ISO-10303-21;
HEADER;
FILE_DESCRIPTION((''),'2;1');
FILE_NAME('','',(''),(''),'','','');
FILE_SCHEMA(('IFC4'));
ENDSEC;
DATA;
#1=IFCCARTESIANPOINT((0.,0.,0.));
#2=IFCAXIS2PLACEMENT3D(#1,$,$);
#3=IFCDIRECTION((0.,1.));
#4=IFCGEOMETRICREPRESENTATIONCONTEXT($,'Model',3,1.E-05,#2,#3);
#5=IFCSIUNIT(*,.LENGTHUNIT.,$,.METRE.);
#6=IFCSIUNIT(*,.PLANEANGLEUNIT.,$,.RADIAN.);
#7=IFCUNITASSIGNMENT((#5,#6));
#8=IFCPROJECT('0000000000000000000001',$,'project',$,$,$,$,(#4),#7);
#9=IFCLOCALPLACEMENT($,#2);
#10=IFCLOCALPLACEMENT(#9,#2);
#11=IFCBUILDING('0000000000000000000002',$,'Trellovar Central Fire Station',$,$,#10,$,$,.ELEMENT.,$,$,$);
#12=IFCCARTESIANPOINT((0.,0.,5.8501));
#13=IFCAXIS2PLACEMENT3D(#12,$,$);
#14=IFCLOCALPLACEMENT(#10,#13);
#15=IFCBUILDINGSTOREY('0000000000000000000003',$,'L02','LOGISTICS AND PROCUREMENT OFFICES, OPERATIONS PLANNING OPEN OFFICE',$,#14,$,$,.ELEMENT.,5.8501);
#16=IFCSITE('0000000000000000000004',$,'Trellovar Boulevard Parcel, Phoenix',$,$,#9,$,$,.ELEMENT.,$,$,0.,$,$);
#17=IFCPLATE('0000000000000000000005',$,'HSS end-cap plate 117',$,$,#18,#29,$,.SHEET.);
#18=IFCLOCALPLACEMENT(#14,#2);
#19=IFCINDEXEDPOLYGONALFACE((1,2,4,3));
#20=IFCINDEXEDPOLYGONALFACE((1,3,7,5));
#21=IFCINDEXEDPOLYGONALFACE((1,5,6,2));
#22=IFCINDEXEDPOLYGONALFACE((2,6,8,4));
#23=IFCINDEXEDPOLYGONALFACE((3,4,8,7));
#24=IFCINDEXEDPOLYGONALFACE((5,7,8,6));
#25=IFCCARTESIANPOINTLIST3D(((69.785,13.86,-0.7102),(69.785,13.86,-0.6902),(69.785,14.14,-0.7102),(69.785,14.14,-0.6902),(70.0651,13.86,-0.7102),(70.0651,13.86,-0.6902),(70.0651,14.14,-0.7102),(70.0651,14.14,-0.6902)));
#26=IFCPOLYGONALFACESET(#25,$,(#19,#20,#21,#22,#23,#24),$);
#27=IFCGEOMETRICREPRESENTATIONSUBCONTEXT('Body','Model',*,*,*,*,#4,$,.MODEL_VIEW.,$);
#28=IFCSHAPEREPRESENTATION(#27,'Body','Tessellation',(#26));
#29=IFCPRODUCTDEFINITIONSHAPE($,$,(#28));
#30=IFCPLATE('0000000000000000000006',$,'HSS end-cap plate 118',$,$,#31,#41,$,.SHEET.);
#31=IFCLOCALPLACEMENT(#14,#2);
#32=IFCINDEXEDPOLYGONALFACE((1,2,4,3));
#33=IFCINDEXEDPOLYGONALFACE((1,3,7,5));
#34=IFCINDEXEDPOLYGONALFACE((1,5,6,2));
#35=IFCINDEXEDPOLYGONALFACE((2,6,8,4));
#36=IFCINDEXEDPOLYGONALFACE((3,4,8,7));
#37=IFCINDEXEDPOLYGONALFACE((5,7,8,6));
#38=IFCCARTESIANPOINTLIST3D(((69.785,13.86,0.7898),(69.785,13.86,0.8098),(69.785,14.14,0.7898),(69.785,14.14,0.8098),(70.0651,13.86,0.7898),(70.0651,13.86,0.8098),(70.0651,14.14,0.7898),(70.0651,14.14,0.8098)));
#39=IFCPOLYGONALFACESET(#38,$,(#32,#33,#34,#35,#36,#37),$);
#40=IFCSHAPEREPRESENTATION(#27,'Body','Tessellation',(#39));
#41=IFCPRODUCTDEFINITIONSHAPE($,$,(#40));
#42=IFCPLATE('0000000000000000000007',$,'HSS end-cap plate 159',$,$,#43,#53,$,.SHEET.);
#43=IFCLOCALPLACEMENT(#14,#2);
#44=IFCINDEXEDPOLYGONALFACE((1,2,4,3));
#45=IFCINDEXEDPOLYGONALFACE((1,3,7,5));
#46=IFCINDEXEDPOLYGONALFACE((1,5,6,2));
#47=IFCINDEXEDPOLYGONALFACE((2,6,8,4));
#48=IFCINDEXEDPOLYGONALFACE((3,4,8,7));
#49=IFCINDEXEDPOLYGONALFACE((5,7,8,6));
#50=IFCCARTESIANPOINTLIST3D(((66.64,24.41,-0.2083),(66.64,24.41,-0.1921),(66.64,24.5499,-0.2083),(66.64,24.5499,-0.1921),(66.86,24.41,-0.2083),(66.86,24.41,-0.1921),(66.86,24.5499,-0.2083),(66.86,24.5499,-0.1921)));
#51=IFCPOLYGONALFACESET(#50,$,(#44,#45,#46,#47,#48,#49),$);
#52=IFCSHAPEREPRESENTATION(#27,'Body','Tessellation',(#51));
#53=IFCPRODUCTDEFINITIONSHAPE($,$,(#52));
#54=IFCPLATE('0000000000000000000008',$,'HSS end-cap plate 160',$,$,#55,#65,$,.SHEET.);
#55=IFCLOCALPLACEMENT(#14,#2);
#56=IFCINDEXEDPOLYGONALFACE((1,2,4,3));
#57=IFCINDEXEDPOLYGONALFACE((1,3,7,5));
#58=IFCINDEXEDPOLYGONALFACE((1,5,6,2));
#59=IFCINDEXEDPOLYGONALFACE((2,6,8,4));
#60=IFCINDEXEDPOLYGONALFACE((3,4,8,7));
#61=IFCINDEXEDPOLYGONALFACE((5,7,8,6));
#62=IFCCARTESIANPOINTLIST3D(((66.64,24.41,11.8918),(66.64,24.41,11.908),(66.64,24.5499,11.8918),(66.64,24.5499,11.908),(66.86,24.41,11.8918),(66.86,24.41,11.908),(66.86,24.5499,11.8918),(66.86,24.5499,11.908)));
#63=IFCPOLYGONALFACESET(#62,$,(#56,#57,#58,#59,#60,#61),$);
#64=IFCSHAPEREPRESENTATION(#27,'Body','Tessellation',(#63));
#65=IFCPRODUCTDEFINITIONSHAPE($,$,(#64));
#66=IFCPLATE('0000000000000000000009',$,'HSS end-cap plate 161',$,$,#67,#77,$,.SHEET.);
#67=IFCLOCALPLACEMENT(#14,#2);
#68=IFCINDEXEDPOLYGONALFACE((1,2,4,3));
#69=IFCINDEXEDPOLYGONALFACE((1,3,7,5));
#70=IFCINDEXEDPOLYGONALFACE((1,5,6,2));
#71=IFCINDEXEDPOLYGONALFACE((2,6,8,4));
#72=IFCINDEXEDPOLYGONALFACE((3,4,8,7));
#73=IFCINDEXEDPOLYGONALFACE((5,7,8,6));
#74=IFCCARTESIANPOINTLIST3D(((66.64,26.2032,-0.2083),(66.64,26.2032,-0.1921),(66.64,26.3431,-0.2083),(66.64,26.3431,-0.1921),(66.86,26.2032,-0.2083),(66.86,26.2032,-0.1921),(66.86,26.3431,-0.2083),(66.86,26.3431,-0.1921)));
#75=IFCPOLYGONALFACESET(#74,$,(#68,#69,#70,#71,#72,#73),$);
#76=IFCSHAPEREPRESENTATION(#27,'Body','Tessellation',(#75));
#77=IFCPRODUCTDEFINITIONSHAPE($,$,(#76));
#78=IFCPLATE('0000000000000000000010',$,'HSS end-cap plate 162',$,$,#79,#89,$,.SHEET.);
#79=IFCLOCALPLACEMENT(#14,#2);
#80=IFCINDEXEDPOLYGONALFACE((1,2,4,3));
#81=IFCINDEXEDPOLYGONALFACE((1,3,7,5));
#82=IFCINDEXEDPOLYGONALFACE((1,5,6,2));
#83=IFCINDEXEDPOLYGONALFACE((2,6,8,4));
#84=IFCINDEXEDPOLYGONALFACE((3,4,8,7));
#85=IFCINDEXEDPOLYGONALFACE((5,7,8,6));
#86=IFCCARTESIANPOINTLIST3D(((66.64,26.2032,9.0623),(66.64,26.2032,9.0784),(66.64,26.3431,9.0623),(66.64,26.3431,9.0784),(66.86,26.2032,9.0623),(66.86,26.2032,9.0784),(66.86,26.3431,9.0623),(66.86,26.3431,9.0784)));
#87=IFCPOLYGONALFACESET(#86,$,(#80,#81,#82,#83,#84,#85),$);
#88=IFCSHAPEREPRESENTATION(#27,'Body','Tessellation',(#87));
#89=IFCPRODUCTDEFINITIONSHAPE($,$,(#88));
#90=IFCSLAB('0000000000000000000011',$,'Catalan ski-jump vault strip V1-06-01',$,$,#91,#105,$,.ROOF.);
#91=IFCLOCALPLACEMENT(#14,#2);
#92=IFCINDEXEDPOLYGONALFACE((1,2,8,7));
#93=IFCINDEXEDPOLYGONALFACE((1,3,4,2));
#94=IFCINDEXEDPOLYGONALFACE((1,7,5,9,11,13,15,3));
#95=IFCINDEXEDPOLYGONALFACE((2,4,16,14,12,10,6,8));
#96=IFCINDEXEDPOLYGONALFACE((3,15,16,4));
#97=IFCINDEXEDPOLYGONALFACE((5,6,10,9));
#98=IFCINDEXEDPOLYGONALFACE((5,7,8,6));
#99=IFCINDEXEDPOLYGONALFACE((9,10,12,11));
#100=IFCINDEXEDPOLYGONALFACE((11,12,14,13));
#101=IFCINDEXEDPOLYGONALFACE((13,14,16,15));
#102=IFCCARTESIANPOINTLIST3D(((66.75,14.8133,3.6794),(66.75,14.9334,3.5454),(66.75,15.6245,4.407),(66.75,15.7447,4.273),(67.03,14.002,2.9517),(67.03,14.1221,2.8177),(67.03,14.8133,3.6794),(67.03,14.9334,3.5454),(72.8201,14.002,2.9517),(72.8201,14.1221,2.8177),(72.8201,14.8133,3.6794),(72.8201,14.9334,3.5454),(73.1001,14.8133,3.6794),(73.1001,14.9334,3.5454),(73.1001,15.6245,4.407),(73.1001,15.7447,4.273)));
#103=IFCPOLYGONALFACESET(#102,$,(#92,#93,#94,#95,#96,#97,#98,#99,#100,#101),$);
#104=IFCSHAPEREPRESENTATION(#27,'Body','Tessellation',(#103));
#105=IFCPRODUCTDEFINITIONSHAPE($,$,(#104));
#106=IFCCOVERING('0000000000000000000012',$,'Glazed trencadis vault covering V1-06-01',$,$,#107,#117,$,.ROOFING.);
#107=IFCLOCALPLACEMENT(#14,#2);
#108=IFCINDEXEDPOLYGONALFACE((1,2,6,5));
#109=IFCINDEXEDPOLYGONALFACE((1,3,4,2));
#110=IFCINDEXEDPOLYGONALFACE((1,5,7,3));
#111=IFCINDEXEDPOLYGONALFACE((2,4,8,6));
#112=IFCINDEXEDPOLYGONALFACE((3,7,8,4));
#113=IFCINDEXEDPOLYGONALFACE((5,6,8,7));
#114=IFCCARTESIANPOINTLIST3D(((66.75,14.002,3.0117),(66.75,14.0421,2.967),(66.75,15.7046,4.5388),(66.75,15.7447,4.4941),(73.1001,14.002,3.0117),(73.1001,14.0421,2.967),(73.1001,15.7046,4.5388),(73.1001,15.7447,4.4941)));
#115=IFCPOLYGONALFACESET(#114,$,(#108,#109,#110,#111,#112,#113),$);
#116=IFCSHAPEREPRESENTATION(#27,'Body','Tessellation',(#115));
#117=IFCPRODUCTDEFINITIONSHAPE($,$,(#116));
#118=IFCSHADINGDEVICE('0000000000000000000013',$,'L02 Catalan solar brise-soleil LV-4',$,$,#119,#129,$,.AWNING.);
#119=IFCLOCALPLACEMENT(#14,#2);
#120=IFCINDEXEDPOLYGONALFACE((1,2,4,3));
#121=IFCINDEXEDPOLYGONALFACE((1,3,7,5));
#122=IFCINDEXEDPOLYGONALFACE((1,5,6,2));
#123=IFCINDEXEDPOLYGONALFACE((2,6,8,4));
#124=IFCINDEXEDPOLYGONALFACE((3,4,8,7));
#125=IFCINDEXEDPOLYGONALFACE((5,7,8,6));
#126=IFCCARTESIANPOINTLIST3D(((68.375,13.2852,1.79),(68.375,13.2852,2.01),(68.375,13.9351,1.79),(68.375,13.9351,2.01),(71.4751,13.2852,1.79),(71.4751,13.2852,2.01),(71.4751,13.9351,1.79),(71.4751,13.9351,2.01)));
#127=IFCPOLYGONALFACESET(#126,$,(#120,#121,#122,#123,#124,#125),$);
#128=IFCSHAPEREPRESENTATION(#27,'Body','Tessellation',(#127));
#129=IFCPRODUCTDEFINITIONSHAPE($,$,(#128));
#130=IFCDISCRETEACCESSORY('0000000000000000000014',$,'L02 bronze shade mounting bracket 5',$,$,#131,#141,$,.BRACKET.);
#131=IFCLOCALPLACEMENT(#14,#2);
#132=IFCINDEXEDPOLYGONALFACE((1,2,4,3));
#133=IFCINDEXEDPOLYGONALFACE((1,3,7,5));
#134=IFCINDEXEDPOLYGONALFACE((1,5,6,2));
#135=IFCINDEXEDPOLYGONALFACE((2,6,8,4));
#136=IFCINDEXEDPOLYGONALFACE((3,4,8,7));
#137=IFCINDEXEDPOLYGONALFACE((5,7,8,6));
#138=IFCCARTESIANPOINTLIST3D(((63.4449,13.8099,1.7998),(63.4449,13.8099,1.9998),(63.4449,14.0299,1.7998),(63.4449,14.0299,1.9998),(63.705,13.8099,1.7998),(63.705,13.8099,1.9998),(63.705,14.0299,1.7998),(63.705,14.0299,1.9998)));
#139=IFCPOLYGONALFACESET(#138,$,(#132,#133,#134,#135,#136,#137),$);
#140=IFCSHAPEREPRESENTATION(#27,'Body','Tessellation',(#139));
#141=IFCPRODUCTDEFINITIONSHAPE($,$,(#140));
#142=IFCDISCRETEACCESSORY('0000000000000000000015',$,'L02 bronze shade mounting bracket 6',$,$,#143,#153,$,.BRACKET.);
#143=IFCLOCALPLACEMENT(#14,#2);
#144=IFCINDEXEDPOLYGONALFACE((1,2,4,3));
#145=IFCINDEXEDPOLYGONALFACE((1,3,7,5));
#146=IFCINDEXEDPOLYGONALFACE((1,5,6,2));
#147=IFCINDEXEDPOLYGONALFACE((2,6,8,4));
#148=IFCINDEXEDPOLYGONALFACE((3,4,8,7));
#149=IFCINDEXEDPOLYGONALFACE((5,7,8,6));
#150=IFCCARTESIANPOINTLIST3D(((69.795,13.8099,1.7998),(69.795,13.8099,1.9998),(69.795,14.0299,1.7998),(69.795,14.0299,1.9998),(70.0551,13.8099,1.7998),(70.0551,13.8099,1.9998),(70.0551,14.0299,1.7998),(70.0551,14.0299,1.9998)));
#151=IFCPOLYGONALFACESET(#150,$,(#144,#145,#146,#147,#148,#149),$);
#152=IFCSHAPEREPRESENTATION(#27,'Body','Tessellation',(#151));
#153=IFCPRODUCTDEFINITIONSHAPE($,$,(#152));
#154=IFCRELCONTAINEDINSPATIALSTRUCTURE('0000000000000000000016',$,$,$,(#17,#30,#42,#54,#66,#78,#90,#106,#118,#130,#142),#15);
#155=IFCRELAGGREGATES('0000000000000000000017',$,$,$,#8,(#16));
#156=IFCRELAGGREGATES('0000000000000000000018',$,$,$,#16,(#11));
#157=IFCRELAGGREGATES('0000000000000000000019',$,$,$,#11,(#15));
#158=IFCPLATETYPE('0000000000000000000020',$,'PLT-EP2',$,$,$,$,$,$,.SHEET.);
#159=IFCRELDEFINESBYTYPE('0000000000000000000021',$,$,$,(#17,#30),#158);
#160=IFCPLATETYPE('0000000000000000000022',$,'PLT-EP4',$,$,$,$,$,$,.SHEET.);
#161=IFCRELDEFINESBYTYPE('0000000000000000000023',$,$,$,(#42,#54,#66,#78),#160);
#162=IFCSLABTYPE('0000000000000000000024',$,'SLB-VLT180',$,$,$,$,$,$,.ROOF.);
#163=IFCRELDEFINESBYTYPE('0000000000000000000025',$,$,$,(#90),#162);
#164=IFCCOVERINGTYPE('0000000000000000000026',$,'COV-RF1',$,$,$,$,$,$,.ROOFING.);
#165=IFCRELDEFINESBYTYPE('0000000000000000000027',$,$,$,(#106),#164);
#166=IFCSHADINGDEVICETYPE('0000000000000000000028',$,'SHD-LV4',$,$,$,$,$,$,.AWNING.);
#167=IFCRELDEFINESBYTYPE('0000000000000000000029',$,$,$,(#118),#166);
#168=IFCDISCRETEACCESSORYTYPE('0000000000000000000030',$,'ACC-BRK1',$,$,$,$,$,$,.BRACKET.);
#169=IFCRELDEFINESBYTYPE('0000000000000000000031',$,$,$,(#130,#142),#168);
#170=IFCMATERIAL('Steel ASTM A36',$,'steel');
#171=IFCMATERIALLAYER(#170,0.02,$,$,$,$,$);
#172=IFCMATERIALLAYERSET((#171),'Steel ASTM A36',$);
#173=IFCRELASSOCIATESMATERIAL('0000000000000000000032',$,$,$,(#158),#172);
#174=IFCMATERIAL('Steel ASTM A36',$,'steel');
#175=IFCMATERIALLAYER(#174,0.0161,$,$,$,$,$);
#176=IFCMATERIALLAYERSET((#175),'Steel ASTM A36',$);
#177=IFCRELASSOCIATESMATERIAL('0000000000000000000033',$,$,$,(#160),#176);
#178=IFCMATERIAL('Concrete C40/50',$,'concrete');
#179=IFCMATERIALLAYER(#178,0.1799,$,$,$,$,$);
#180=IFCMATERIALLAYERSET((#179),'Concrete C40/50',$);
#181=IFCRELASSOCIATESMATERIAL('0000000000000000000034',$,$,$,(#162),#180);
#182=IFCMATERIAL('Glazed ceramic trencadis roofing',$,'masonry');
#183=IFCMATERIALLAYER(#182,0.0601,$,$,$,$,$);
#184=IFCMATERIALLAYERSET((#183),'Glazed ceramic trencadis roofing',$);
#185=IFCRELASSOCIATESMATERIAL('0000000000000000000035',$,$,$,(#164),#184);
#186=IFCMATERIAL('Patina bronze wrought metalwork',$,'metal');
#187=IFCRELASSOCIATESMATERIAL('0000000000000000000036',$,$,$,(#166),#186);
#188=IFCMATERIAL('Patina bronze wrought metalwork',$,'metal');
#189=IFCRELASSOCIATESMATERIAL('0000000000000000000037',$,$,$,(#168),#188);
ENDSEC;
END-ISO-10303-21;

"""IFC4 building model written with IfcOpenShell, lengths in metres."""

from ifc_helpers import new_model, si_unit, direction, frame, origin, origin_2d, place, context, subcontext, project, spatial, polyline, rectangle, outline, extrude, material, layer, layer_set, type_object, element, save


model = new_model("IFC4")

# Units and contexts
model_context = context("Model", 3, precision=1e-05, world=origin(), true_north=direction((0.0, 1.0)))
body_context = subcontext(model_context, "Body", "Model", "MODEL_VIEW")
ifc_project = project(units=[si_unit("LENGTHUNIT", "METRE"), si_unit("PLANEANGLEUNIT", "RADIAN")], contexts=[model_context])

# Site, building, storey
site_placement = place(None, origin())
site = spatial("IfcSite", under=ifc_project, at=site_placement, Name="Trellovar Boulevard Parcel, Phoenix", CompositionType="ELEMENT", RefElevation=0.0)
building_placement = place(site_placement, origin())
building = spatial("IfcBuilding", under=site, at=building_placement, Name="Trellovar Central Fire Station", CompositionType="ELEMENT")
storey_placement = place(building_placement, frame((0.0, 0.0, 5.8501)))
storey = spatial("IfcBuildingStorey", under=building, at=storey_placement, Name="L02", Description="LOGISTICS AND PROCUREMENT OFFICES, OPERATIONS PLANNING OPEN OFFICE", CompositionType="ELEMENT", Elevation=5.8501)

# Plates
ifc_material_1 = material(Name="Steel ASTM A36", Category="steel")
ifc_layer_1 = layer(ifc_material_1, 0.02)
ifc_layer_set_1 = layer_set([ifc_layer_1], Name="Steel ASTM A36")
plate_type_1 = type_object("IfcPlateType", Name="PLT-EP2", PredefinedType="SHEET", material=ifc_layer_set_1)
for number, where, z_axis, x_axis, name in (
    (1, (69.925, 14.0, -0.7102), (0.0, 0.0, 1.0), (1.0, 0.0, 0.0), "HSS end-cap plate 117"),
    (2, (69.925, 14.0, 0.7898), (0.0, 0.0, 1.0), (1.0, 0.0, 0.0), "HSS end-cap plate 118"),
):
    element("IfcPlate", number, at=place(storey_placement, frame(where, z_axis=z_axis, x_axis=x_axis)), inside=storey, type_object=plate_type_1, Name=name, PredefinedType="SHEET", context=body_context, shape_type="SweptSolid", body=[
        extrude(rectangle(XDim=0.28, YDim=0.28, at=origin_2d()), origin(), (0.0, 0.0, 1.0), 0.02),
    ])
ifc_material_2 = material(Name="Steel ASTM A36", Category="steel")
ifc_layer_2 = layer(ifc_material_2, 0.0161)
ifc_layer_set_2 = layer_set([ifc_layer_2], Name="Steel ASTM A36")
plate_type_2 = type_object("IfcPlateType", Name="PLT-EP4", PredefinedType="SHEET", material=ifc_layer_set_2)
for number, where, z_axis, x_axis, name in (
    (3, (66.75, 24.48, -0.2083), (0.0, 0.0, 1.0), (1.0, 0.0, 0.0), "HSS end-cap plate 159"),
    (4, (66.75, 24.48, 11.8918), (0.0, 0.0, 1.0), (1.0, 0.0, 0.0), "HSS end-cap plate 160"),
    (5, (66.75, 26.2732, -0.2083), (0.0, 0.0, 1.0), (1.0, 0.0, 0.0), "HSS end-cap plate 161"),
    (6, (66.75, 26.2732, 9.0623), (0.0, 0.0, 1.0), (1.0, 0.0, 0.0), "HSS end-cap plate 162"),
):
    element("IfcPlate", number, at=place(storey_placement, frame(where, z_axis=z_axis, x_axis=x_axis)), inside=storey, type_object=plate_type_2, Name=name, PredefinedType="SHEET", context=body_context, shape_type="SweptSolid", body=[
        extrude(rectangle(XDim=0.22, YDim=0.1399, at=origin_2d()), origin(), (0.0, 0.0, 1.0), 0.0161),
    ])

# Slab
ifc_material_3 = material(Name="Concrete C40/50", Category="concrete")
ifc_layer_3 = layer(ifc_material_3, 0.1799)
ifc_layer_set_3 = layer_set([ifc_layer_3], Name="Concrete C40/50")
slab_type = type_object("IfcSlabType", Name="SLB-VLT180", PredefinedType="ROOF", material=ifc_layer_set_3)
slab_placement = place(storey_placement, frame((67.03, 14.002, 2.9517), z_axis=(0.0, -0.667698, 0.744432), x_axis=(1.0, 0.0, 0.0)))
element("IfcSlab", 7, at=slab_placement, inside=storey, type_object=slab_type, Name="Catalan ski-jump vault strip V1-06-01", PredefinedType="ROOF", context=body_context, shape_type="SweptSolid", body=[
    extrude(outline(polyline([(0.0, 0.0), (5.79, 0.0), (5.79, 1.0899), (6.0701, 1.0899), (6.0701, 2.1796), (-0.28, 2.1796), (-0.28, 1.0899), (0.0, 1.0899), (0.0, 0.0)])), origin(), (0.0, 0.0, -1.0), 0.1799),
])

# Covering
ifc_material_4 = material(Name="Glazed ceramic trencadis roofing", Category="masonry")
ifc_layer_4 = layer(ifc_material_4, 0.0601)
ifc_layer_set_4 = layer_set([ifc_layer_4], Name="Glazed ceramic trencadis roofing")
covering_type = type_object("IfcCoveringType", Name="COV-RF1", PredefinedType="ROOFING", material=ifc_layer_set_4)
covering_placement = place(storey_placement, frame((66.75, 14.002, 3.0117), z_axis=(0.0, -0.66769, 0.74444), x_axis=(1.0, 0.0, 0.0)))
element("IfcCovering", 8, at=covering_placement, inside=storey, type_object=covering_type, Name="Glazed trencadis vault covering V1-06-01", PredefinedType="ROOFING", context=body_context, shape_type="SweptSolid", body=[
    extrude(outline(polyline([(0.0, 0.0), (6.3501, 0.0), (6.3501, 2.2871), (0.0, 2.2871), (0.0, 0.0)])), origin(), (0.0, 0.0, -1.0), 0.0601),
])

# Shading device
ifc_material_5 = material(Name="Patina bronze wrought metalwork", Category="metal")
shading_device_type = type_object("IfcShadingDeviceType", Name="SHD-LV4", PredefinedType="AWNING", material=ifc_material_5)
shading_device_placement = place(storey_placement, frame((69.925, 13.6101, 1.79), z_axis=(0.0, 0.0, 1.0), x_axis=(1.0, 0.0, 0.0)))
element("IfcShadingDevice", 9, at=shading_device_placement, inside=storey, type_object=shading_device_type, Name="L02 Catalan solar brise-soleil LV-4", PredefinedType="AWNING", context=body_context, shape_type="SweptSolid", body=[
    extrude(rectangle(XDim=3.1001, YDim=0.6499, at=origin_2d()), origin(), (0.0, 0.0, 1.0), 0.22),
])

# Discrete accessories
ifc_material_6 = material(Name="Patina bronze wrought metalwork", Category="metal")
discrete_accessory_type = type_object("IfcDiscreteAccessoryType", Name="ACC-BRK1", PredefinedType="BRACKET", material=ifc_material_6)
for number, where, z_axis, x_axis, name in (
    (10, (63.575, 13.9199, 1.7998), (0.0, 0.0, 1.0), (1.0, 0.0, 0.0), "L02 bronze shade mounting bracket 5"),
    (11, (69.925, 13.9199, 1.7998), (0.0, 0.0, 1.0), (1.0, 0.0, 0.0), "L02 bronze shade mounting bracket 6"),
):
    element("IfcDiscreteAccessory", number, at=place(storey_placement, frame(where, z_axis=z_axis, x_axis=x_axis)), inside=storey, type_object=discrete_accessory_type, Name=name, PredefinedType="BRACKET", context=body_context, shape_type="SweptSolid", body=[
        extrude(rectangle(XDim=0.26, YDim=0.22, at=origin_2d()), origin(), (0.0, 0.0, 1.0), 0.2),
    ])

save(model, "model.ifc")
